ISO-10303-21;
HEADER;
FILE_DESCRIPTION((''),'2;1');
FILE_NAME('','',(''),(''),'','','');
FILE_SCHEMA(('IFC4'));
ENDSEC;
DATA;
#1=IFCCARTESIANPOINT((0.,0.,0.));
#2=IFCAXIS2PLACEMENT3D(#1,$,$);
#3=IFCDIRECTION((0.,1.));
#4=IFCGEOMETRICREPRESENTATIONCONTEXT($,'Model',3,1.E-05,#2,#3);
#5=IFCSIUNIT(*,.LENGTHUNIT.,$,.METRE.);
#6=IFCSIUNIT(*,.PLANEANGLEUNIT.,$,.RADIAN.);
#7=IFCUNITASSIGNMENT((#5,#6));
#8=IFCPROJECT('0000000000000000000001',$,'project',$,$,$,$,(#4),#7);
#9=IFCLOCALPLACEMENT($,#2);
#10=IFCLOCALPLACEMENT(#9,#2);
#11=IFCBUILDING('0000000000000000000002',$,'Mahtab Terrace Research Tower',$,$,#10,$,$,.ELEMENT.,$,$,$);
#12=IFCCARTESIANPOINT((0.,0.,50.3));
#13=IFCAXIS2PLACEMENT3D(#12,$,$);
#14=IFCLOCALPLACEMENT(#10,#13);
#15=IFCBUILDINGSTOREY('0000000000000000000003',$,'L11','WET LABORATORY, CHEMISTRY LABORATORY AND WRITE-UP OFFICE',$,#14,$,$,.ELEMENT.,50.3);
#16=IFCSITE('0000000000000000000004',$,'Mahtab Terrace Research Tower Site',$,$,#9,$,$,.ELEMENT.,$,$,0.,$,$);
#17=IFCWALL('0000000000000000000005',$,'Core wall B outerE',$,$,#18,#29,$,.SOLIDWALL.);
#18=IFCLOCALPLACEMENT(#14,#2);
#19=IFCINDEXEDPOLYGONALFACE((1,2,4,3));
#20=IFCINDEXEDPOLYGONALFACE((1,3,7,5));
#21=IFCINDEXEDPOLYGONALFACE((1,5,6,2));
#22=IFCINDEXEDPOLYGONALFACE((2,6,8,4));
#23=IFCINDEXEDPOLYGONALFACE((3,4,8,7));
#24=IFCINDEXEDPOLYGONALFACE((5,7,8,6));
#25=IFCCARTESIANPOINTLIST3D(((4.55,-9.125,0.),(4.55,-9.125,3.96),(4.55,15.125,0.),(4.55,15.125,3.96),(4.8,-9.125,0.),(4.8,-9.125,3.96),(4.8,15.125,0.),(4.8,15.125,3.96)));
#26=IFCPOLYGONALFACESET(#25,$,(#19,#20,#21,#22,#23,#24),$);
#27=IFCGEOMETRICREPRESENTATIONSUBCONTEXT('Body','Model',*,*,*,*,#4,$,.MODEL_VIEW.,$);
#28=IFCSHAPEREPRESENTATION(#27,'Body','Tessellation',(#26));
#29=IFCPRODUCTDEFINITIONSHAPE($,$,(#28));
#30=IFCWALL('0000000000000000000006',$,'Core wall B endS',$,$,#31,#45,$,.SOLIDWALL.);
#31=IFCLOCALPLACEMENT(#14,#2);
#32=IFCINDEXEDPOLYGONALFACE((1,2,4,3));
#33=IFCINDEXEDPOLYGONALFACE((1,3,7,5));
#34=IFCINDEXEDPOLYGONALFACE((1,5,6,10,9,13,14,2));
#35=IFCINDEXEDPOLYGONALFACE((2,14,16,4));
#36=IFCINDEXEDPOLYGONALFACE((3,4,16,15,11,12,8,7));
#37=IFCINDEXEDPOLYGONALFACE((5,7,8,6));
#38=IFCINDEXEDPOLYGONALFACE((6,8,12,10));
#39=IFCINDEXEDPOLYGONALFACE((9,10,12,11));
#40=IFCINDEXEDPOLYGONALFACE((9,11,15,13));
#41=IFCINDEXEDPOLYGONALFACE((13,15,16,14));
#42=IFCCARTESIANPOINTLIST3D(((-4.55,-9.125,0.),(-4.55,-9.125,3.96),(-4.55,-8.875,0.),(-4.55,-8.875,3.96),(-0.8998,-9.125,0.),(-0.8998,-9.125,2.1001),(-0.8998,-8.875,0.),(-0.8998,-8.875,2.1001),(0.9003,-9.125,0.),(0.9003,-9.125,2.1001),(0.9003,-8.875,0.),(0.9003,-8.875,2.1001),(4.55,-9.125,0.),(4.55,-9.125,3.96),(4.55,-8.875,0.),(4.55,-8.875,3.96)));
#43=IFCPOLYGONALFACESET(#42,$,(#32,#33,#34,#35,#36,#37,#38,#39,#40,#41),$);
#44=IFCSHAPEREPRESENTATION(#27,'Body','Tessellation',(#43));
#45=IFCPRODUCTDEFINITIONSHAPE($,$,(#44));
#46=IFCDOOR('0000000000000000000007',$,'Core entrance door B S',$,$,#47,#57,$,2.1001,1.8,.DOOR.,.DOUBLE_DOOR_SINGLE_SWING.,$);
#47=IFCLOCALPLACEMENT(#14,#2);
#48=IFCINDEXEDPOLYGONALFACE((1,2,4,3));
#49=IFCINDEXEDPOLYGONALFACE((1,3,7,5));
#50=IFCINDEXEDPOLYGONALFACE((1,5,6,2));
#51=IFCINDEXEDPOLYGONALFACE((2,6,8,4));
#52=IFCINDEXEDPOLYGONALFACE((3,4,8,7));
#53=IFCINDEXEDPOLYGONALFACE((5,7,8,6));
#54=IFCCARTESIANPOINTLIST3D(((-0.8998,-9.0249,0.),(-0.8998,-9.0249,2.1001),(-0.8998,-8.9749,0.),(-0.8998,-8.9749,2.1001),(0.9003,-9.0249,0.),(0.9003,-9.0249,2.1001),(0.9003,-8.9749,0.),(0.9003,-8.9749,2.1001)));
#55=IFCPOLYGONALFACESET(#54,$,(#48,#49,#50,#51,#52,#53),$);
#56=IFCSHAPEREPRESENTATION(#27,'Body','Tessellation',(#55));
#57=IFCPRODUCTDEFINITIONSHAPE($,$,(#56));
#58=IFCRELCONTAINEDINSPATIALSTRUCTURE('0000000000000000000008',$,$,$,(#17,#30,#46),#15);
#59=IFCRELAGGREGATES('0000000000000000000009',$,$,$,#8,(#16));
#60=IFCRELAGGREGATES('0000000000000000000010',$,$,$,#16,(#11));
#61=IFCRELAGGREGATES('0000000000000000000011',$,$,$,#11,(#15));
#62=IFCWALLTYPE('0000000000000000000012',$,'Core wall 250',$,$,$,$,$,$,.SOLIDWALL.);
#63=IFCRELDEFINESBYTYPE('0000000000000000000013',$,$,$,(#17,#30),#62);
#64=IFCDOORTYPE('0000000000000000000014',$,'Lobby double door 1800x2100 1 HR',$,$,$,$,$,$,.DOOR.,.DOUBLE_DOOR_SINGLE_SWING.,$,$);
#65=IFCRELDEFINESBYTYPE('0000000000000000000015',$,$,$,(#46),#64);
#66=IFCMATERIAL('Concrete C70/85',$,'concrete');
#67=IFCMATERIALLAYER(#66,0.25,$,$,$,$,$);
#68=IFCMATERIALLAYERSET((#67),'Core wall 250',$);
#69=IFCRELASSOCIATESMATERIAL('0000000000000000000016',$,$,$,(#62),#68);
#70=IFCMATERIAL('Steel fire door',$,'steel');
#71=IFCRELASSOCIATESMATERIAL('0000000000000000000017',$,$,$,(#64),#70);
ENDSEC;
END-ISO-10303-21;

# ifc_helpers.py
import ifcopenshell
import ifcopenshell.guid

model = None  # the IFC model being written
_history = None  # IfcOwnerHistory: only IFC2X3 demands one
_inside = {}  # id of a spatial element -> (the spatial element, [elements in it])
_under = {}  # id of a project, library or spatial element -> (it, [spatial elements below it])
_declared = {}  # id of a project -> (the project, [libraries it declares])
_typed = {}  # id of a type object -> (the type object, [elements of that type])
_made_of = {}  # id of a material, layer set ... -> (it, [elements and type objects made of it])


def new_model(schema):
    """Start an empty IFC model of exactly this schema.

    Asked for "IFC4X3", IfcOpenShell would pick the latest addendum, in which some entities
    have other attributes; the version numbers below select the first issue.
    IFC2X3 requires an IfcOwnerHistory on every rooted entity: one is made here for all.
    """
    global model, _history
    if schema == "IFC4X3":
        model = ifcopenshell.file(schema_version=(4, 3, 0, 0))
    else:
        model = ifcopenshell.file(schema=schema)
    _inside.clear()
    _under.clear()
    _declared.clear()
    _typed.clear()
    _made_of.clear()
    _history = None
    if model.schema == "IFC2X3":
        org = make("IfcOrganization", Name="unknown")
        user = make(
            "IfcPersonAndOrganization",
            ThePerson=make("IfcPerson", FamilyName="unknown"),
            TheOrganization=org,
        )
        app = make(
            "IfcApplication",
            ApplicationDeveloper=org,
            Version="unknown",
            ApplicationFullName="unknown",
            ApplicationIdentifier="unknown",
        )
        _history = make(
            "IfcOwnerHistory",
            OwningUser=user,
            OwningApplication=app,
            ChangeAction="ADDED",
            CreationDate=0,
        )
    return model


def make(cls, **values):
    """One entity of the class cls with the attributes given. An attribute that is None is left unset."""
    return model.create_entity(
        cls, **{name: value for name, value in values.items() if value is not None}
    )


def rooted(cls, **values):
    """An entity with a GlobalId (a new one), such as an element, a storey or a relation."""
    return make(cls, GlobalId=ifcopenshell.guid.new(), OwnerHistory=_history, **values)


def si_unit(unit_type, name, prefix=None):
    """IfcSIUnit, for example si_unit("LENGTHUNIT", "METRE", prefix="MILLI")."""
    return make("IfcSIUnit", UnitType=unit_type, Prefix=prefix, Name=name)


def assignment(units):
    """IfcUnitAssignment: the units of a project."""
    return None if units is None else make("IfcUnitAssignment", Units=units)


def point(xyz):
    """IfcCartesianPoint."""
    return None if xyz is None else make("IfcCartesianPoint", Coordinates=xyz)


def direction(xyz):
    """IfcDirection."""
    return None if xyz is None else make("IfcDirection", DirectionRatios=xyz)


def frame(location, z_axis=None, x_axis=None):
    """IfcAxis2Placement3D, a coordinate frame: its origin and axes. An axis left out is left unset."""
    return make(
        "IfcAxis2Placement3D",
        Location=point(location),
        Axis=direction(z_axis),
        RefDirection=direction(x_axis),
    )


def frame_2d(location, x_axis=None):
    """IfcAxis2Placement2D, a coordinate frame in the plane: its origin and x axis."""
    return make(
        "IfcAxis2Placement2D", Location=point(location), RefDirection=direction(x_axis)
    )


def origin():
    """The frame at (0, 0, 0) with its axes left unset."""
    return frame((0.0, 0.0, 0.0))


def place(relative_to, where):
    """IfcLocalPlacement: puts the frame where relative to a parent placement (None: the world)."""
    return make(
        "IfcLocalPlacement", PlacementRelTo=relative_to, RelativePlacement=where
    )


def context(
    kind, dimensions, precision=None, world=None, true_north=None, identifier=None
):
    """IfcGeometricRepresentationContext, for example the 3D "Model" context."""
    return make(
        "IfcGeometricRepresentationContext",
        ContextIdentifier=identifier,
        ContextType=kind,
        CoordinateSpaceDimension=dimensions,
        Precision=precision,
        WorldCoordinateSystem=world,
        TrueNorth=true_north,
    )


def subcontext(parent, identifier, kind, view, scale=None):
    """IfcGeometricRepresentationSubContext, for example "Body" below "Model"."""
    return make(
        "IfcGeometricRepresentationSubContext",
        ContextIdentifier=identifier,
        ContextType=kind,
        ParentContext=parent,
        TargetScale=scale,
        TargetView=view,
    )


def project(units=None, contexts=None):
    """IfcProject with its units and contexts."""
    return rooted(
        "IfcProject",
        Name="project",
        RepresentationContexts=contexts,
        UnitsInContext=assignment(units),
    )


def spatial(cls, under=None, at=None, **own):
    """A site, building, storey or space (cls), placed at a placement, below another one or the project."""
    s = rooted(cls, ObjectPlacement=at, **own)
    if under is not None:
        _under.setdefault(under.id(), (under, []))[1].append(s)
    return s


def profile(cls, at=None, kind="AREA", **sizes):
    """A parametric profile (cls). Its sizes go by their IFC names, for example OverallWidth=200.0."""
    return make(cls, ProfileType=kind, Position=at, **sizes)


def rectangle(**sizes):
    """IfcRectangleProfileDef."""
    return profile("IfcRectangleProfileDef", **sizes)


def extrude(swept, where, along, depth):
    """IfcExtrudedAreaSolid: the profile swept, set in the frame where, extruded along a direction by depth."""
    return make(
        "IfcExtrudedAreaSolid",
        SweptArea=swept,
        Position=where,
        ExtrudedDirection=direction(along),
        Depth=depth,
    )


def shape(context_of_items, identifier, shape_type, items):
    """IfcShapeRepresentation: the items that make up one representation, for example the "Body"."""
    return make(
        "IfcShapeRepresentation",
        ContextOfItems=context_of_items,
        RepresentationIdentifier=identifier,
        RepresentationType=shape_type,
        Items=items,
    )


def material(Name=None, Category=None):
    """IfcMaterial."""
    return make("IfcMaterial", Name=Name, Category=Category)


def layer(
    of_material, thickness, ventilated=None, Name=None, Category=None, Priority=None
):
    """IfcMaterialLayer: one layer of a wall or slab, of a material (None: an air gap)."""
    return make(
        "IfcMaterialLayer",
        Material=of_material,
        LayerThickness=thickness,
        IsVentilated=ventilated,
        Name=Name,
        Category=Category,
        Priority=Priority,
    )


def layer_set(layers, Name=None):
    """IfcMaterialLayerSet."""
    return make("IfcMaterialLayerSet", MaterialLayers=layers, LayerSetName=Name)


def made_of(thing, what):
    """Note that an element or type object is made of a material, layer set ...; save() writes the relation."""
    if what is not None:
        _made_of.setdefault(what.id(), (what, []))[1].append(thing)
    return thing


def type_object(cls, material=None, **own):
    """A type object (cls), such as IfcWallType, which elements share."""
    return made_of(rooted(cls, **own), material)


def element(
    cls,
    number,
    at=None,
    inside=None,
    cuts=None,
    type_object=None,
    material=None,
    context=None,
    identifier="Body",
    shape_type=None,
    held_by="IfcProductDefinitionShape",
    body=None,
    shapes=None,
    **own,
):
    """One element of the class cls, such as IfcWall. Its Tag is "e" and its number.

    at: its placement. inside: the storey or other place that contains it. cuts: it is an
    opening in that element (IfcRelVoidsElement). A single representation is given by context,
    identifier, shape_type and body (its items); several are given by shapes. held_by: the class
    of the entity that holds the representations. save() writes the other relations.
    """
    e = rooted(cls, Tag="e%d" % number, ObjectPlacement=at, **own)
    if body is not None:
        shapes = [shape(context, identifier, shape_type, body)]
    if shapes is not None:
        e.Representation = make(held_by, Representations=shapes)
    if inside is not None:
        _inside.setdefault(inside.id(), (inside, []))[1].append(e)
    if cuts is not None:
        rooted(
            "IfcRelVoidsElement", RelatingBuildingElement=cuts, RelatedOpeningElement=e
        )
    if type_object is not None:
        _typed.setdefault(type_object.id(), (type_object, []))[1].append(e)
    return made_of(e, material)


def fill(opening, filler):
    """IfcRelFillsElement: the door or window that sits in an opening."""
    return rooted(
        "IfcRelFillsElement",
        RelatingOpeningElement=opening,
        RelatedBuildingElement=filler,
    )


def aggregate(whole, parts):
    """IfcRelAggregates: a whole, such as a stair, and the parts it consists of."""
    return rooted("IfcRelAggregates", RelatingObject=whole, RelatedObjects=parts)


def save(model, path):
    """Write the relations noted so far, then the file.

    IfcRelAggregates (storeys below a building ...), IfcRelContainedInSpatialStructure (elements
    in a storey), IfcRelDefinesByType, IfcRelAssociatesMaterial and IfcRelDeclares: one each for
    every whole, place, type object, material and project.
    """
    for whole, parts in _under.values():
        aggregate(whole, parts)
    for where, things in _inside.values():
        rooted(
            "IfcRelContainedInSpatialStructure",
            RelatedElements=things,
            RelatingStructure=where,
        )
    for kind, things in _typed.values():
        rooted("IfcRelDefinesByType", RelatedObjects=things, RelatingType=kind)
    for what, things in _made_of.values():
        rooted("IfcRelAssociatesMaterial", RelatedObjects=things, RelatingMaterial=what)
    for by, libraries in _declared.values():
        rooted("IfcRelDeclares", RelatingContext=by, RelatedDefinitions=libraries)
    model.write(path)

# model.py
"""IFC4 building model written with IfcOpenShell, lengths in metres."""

from ifc_helpers import new_model, si_unit, direction, frame, frame_2d, origin, place, context, subcontext, project, spatial, rectangle, extrude, material, layer, layer_set, type_object, element, fill, save


model = new_model("IFC4")

# Units and contexts
model_context = context("Model", 3, precision=1e-05, world=origin(), true_north=direction((0.0, 1.0)))
body_context = subcontext(model_context, "Body", "Model", "MODEL_VIEW")
ifc_project = project(units=[si_unit("LENGTHUNIT", "METRE"), si_unit("PLANEANGLEUNIT", "RADIAN")], contexts=[model_context])

# Site, building, storey
site_placement = place(None, origin())
site = spatial("IfcSite", under=ifc_project, at=site_placement, Name="Mahtab Terrace Research Tower Site", CompositionType="ELEMENT", RefElevation=0.0)
building_placement = place(site_placement, origin())
building = spatial("IfcBuilding", under=site, at=building_placement, Name="Mahtab Terrace Research Tower", CompositionType="ELEMENT")
storey_placement = place(building_placement, frame((0.0, 0.0, 50.3)))
storey = spatial("IfcBuildingStorey", under=building, at=storey_placement, Name="L11", Description="WET LABORATORY, CHEMISTRY LABORATORY AND WRITE-UP OFFICE", CompositionType="ELEMENT", Elevation=50.3)

# Wall
ifc_material_1 = material(Name="Concrete C70/85", Category="concrete")
ifc_layer_1 = layer(ifc_material_1, 0.25)
ifc_layer_set_1 = layer_set([ifc_layer_1], Name="Core wall 250")
wall_type_1 = type_object("IfcWallType", Name="Core wall 250", PredefinedType="SOLIDWALL", material=ifc_layer_set_1)
wall_1_placement = place(storey_placement, frame((4.675, -9.125, 0.0), z_axis=(0.0, 0.0, 1.0), x_axis=(0.0, 1.0, 0.0)))
element("IfcWall", 1, at=wall_1_placement, inside=storey, type_object=wall_type_1, Name="Core wall B outerE", PredefinedType="SOLIDWALL", context=body_context, shape_type="SweptSolid", body=[
    extrude(rectangle(XDim=24.25, YDim=0.25, at=frame_2d((12.125, 0.0))), origin(), (0.0, 0.0, 1.0), 3.96),
])

# Wall, opening, door
wall_2_placement = place(storey_placement, frame((4.55, -9.0, 0.0), z_axis=(0.0, 0.0, 1.0), x_axis=(-1.0, 0.0, 0.0)))
wall_2 = element("IfcWall", 2, at=wall_2_placement, inside=storey, type_object=wall_type_1, Name="Core wall B endS", PredefinedType="SOLIDWALL", context=body_context, shape_type="SweptSolid", body=[
    extrude(rectangle(XDim=9.1001, YDim=0.25, at=frame_2d((4.55, 0.0))), origin(), (0.0, 0.0, 1.0), 3.96),
])
opening_1_placement = place(wall_2_placement, frame((3.6499, 0.0, 0.0)))
opening_1 = element("IfcOpeningElement", 3, at=opening_1_placement, cuts=wall_2, PredefinedType="OPENING", context=body_context, shape_type="SweptSolid", body=[
    extrude(rectangle(XDim=1.8, YDim=2.1001, at=frame_2d((0.8999, 1.05))), frame((0.0, 0.135, 0.0), z_axis=(0.0, -1.0, 0.0), x_axis=(1.0, 0.0, 0.0)), (0.0, 0.0, 1.0), 0.27),
])
ifc_material_2 = material(Name="Steel fire door", Category="steel")
door_type_1 = type_object("IfcDoorType", Name="Lobby double door 1800x2100 1 HR", OperationType="DOUBLE_DOOR_SINGLE_SWING", PredefinedType="DOOR", material=ifc_material_2)
door_1_placement = place(opening_1_placement, origin())
door_1 = element("IfcDoor", 4, at=door_1_placement, inside=storey, type_object=door_type_1, Name="Core entrance door B S", OperationType="DOUBLE_DOOR_SINGLE_SWING", OverallHeight=2.1001, OverallWidth=1.8, PredefinedType="DOOR", context=body_context, shape_type="SweptSolid", body=[
    extrude(rectangle(XDim=1.8, YDim=2.1001, at=frame_2d((0.8999, 1.05))), frame((0.0, 0.0249, 0.0), z_axis=(0.0, -1.0, 0.0), x_axis=(1.0, 0.0, 0.0)), (0.0, 0.0, 1.0), 0.05),
])
fill(opening_1, door_1)

save(model, "model.ifc")
